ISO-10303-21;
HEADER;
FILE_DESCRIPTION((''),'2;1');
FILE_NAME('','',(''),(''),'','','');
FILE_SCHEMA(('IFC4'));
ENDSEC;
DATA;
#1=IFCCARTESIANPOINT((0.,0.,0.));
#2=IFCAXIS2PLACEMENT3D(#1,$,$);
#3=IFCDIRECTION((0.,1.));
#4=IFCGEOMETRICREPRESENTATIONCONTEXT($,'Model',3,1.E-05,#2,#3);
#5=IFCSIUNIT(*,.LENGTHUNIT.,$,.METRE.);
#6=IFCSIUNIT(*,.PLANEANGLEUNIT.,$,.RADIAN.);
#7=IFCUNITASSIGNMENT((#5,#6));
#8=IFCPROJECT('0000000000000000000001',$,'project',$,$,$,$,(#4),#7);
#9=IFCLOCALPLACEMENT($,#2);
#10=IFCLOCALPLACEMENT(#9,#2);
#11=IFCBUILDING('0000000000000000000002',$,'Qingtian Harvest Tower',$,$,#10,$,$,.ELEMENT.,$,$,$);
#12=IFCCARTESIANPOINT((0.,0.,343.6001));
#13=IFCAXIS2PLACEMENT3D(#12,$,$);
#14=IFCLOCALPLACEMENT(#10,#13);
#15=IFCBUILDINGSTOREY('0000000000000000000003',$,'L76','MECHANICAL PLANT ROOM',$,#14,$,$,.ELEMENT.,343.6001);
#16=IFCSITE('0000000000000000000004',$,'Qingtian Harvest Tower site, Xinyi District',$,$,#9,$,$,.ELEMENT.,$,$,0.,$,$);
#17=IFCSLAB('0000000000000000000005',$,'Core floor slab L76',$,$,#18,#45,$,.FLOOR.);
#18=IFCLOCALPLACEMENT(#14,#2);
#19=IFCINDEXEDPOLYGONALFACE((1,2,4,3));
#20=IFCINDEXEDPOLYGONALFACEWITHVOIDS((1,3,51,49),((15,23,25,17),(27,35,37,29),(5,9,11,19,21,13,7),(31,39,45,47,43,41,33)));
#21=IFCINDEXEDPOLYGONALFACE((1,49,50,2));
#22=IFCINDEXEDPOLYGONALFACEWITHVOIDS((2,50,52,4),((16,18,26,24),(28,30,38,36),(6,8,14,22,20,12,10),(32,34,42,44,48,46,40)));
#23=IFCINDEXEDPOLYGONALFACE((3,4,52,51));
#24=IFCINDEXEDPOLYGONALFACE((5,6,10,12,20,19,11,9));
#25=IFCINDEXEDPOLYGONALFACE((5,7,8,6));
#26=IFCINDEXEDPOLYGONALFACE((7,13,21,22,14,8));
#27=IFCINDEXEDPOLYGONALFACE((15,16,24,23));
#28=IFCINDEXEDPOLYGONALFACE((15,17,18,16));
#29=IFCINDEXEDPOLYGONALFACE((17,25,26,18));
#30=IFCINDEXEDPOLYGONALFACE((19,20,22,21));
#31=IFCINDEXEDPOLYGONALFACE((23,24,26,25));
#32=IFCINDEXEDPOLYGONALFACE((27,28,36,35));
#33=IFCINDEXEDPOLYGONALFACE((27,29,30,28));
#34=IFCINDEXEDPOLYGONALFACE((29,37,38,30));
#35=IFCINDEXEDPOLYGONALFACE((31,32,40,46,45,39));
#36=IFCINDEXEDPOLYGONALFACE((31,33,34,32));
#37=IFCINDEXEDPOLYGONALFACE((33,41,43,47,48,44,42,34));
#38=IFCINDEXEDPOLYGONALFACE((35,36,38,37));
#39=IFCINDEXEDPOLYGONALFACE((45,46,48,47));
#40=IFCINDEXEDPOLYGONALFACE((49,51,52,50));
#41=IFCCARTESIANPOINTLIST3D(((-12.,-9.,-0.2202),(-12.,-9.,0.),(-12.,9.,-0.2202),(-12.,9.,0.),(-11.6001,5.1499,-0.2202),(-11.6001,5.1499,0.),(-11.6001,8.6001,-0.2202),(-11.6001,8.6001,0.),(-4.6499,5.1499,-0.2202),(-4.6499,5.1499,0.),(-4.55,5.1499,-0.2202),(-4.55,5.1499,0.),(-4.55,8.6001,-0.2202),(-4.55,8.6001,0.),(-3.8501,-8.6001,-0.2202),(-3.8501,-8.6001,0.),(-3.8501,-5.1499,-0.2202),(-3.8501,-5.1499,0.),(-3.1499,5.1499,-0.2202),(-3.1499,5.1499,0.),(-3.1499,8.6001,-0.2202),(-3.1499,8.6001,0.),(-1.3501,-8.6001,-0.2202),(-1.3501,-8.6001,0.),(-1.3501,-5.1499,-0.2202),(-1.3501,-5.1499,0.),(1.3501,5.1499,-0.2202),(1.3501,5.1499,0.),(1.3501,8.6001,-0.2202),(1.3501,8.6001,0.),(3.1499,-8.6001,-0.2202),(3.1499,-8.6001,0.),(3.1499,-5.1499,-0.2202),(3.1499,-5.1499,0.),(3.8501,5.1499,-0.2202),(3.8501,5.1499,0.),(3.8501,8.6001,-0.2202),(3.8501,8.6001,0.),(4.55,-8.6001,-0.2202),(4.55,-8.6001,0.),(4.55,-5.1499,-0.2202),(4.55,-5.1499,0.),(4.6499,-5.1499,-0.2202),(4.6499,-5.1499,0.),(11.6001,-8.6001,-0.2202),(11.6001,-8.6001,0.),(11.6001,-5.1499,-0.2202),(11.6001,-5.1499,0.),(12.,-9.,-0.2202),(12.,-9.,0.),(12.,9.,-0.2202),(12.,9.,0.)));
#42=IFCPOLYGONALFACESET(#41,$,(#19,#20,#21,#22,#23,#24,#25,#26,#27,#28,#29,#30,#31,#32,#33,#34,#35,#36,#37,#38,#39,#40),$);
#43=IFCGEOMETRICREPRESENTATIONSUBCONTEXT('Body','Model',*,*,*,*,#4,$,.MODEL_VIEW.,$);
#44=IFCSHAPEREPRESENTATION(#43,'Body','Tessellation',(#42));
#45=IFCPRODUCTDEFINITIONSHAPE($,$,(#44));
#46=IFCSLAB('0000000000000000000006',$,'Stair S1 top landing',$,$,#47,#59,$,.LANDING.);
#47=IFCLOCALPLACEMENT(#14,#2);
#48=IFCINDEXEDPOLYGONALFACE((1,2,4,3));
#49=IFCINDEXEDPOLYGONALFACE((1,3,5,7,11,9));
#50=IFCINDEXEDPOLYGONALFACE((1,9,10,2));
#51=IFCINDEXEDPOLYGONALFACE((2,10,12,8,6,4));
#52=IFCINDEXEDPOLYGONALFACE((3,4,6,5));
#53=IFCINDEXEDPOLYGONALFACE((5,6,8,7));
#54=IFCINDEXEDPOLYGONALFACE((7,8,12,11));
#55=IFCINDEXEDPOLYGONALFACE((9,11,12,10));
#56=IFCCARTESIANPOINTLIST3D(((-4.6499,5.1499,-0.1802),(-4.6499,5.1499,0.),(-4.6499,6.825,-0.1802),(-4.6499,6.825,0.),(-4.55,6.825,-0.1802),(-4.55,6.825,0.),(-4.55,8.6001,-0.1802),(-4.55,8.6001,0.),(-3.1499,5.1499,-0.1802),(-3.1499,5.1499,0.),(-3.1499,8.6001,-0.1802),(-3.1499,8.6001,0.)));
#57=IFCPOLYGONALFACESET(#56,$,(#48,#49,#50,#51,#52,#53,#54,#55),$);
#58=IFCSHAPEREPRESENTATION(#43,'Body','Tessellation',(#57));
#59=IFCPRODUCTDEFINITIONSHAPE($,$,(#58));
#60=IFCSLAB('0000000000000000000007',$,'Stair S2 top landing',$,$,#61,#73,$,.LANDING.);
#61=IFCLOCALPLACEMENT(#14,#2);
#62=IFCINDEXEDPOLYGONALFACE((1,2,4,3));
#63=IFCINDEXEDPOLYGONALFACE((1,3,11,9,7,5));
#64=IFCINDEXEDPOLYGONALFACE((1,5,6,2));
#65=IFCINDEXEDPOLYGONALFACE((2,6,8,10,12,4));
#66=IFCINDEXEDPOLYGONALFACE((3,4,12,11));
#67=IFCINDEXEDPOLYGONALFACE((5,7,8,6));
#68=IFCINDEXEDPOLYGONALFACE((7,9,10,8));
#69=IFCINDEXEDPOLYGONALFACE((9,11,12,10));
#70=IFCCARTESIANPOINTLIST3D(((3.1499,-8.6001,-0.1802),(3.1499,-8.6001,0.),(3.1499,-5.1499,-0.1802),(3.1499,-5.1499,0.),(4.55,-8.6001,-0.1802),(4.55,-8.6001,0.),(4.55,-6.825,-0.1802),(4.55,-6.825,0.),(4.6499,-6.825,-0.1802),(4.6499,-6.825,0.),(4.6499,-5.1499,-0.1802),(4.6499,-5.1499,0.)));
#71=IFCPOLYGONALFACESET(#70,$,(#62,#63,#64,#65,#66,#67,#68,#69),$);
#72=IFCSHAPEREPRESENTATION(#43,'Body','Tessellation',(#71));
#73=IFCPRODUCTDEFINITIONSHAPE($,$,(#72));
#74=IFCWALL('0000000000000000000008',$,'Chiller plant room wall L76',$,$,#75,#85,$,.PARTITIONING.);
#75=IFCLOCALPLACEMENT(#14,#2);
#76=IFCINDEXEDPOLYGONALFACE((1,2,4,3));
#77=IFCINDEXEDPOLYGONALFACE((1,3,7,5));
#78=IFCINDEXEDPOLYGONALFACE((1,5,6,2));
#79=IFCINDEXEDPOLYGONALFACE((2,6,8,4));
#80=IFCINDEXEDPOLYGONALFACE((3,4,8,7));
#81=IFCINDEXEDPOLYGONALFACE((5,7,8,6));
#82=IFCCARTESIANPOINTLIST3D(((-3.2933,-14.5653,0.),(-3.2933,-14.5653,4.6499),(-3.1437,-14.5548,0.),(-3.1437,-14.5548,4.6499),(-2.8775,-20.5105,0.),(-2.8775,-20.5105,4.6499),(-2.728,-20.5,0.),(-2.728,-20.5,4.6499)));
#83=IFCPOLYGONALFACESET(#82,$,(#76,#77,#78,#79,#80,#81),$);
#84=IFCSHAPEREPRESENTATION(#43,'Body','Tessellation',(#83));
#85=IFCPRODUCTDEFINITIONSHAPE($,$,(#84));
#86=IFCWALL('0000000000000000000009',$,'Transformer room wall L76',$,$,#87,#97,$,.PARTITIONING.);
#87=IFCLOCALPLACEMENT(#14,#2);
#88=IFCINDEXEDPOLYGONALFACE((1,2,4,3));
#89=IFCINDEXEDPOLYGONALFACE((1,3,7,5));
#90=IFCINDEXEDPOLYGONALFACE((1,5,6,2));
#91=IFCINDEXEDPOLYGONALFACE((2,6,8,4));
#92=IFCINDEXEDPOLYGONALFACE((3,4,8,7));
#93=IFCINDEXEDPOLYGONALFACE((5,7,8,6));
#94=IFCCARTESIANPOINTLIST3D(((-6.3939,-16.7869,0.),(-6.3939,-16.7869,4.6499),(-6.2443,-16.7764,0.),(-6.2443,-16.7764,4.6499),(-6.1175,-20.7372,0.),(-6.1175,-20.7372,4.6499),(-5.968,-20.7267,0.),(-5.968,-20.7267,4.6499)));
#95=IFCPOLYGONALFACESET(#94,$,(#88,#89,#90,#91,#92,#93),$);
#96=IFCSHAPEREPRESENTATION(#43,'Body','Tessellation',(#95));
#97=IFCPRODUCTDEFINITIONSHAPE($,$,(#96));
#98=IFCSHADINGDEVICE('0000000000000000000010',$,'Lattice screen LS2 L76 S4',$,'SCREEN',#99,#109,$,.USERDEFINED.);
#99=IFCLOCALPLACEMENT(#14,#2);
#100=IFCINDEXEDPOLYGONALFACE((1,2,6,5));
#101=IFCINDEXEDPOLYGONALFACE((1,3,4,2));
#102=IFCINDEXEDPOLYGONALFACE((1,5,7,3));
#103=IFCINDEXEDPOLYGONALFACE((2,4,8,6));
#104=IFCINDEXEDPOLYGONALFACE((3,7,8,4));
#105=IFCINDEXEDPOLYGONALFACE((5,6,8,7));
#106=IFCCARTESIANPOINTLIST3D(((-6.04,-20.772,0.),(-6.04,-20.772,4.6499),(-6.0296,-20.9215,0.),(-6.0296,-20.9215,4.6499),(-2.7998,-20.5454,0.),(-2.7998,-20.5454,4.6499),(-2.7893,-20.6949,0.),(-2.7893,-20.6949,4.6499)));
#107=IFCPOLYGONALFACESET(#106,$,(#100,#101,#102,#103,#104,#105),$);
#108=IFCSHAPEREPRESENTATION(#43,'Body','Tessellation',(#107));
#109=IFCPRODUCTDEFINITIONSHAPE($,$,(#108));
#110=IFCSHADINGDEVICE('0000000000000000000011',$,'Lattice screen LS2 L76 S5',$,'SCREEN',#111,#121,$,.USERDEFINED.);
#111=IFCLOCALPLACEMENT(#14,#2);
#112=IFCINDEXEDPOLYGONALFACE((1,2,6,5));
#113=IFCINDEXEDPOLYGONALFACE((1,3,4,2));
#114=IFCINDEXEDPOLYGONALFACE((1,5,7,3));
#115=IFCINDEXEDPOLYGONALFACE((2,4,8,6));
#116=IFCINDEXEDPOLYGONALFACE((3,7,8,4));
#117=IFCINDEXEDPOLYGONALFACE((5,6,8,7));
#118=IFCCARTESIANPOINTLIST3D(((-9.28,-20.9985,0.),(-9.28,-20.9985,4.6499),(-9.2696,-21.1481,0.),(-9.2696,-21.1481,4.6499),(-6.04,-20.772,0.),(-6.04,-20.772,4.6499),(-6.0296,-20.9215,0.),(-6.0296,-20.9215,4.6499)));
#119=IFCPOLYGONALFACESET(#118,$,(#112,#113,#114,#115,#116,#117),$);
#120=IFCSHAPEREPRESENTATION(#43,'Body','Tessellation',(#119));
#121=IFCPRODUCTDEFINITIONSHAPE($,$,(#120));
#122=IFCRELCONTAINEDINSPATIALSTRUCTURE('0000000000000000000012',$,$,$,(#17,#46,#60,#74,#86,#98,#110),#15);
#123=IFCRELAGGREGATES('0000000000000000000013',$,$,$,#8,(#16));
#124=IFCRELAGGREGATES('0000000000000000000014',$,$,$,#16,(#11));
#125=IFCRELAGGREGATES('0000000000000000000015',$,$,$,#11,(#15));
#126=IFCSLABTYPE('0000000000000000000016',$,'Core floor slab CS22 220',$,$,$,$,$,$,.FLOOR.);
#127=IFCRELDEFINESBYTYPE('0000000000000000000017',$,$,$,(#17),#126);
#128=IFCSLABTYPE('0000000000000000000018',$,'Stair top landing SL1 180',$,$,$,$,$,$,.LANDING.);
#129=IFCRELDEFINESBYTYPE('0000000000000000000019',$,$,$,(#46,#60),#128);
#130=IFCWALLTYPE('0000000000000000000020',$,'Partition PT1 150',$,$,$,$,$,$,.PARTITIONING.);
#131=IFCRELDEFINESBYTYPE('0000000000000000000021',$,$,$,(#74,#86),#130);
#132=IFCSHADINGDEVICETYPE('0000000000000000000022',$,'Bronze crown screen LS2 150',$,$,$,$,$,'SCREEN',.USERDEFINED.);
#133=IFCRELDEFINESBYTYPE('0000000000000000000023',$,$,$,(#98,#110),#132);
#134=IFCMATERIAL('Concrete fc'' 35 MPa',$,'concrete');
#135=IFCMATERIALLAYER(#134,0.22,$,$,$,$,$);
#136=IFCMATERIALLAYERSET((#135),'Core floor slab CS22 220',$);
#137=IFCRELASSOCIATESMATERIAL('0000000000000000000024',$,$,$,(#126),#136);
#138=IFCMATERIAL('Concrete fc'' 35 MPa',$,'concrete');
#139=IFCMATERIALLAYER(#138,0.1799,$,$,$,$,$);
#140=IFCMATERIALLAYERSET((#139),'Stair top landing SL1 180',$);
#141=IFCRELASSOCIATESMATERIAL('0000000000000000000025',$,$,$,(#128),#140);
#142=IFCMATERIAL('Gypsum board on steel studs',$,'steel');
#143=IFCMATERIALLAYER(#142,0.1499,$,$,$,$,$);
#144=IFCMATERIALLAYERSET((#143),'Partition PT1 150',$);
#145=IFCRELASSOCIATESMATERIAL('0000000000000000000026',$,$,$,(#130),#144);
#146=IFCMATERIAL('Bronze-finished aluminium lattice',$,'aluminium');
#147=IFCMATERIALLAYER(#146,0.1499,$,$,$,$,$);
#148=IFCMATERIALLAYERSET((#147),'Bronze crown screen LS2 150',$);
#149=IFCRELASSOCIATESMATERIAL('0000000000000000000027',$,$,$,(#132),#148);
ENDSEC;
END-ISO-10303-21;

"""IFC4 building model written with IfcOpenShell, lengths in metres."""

from ifc_helpers import new_model, si_unit, direction, frame, frame_2d, origin, place, context, subcontext, project, spatial, polyline, rectangle, outline, extrude, material, layer, layer_set, type_object, element, save


model = new_model("IFC4")

# Units and contexts
model_context = context("Model", 3, precision=1e-05, world=origin(), true_north=direction((0.0, 1.0)))
body_context = subcontext(model_context, "Body", "Model", "MODEL_VIEW")
ifc_project = project(units=[si_unit("LENGTHUNIT", "METRE"), si_unit("PLANEANGLEUNIT", "RADIAN")], contexts=[model_context])

# Site, building, storey
site_placement = place(None, origin())
site = spatial("IfcSite", under=ifc_project, at=site_placement, Name="Qingtian Harvest Tower site, Xinyi District", CompositionType="ELEMENT", RefElevation=0.0)
building_placement = place(site_placement, origin())
building = spatial("IfcBuilding", under=site, at=building_placement, Name="Qingtian Harvest Tower", CompositionType="ELEMENT")
storey_placement = place(building_placement, frame((0.0, 0.0, 343.6001)))
storey = spatial("IfcBuildingStorey", under=building, at=storey_placement, Name="L76", Description="MECHANICAL PLANT ROOM", CompositionType="ELEMENT", Elevation=343.6001)

# Slabs
ifc_material_1 = material(Name="Concrete fc' 35 MPa", Category="concrete")
ifc_layer_1 = layer(ifc_material_1, 0.22)
ifc_layer_set_1 = layer_set([ifc_layer_1], Name="Core floor slab CS22 220")
slab_type_1 = type_object("IfcSlabType", Name="Core floor slab CS22 220", PredefinedType="FLOOR", material=ifc_layer_set_1)
slab_1_placement = place(storey_placement, frame((0.0, 0.0, -0.2202)))
element("IfcSlab", 1, at=slab_1_placement, inside=storey, type_object=slab_type_1, Name="Core floor slab L76", PredefinedType="FLOOR", context=body_context, shape_type="SweptSolid", body=[
    extrude(outline(polyline([(-12.0, 9.0), (12.0, 9.0), (12.0, -9.0), (-12.0, -9.0), (-12.0, 9.0)]), holes=[polyline([(11.6001, -8.6001), (11.6001, -5.1499), (4.6499, -5.1499), (4.55, -5.1499), (3.1499, -5.1499), (3.1499, -8.6001), (4.55, -8.6001), (11.6001, -8.6001)]), polyline([(3.8501, 5.1499), (3.8501, 8.6001), (1.3501, 8.6001), (1.3501, 5.1499), (3.8501, 5.1499)]), polyline([(-1.3501, -8.6001), (-1.3501, -5.1499), (-3.8501, -5.1499), (-3.8501, -8.6001), (-1.3501, -8.6001)]), polyline([(-4.6499, 5.1499), (-4.55, 5.1499), (-3.1499, 5.1499), (-3.1499, 8.6001), (-4.55, 8.6001), (-11.6001, 8.6001), (-11.6001, 5.1499), (-4.6499, 5.1499)])]), origin(), (0.0, 0.0, 1.0), 0.2202),
])
ifc_material_2 = material(Name="Concrete fc' 35 MPa", Category="concrete")
ifc_layer_2 = layer(ifc_material_2, 0.1799)
ifc_layer_set_2 = layer_set([ifc_layer_2], Name="Stair top landing SL1 180")
slab_type_2 = type_object("IfcSlabType", Name="Stair top landing SL1 180", PredefinedType="LANDING", material=ifc_layer_set_2)
slab_2_placement = place(storey_placement, frame((0.0, 0.0, -0.1802)))
element("IfcSlab", 2, at=slab_2_placement, inside=storey, type_object=slab_type_2, Name="Stair S1 top landing", PredefinedType="LANDING", context=body_context, shape_type="SweptSolid", body=[
    extrude(outline(polyline([(-4.55, 8.6001), (-3.1499, 8.6001), (-3.1499, 5.1499), (-4.6499, 5.1499), (-4.6499, 6.825), (-4.55, 6.825), (-4.55, 8.6001)])), origin(), (0.0, 0.0, 1.0), 0.1802),
])
slab_3_placement = place(storey_placement, frame((0.0, 0.0, -0.1802)))
element("IfcSlab", 3, at=slab_3_placement, inside=storey, type_object=slab_type_2, Name="Stair S2 top landing", PredefinedType="LANDING", context=body_context, shape_type="SweptSolid", body=[
    extrude(outline(polyline([(4.55, -8.6001), (3.1499, -8.6001), (3.1499, -5.1499), (4.6499, -5.1499), (4.6499, -6.825), (4.55, -6.825), (4.55, -8.6001)])), origin(), (0.0, 0.0, 1.0), 0.1802),
])

# Walls
ifc_material_3 = material(Name="Gypsum board on steel studs", Category="steel")
ifc_layer_3 = layer(ifc_material_3, 0.1499)
ifc_layer_set_3 = layer_set([ifc_layer_3], Name="Partition PT1 150")
wall_type = type_object("IfcWallType", Name="Partition PT1 150", PredefinedType="PARTITIONING", material=ifc_layer_set_3)
wall_1_placement = place(storey_placement, frame((-2.8027, -20.5054, 0.0), z_axis=(0.0, 0.0, 1.0), x_axis=(-0.069762, 0.997564, 0.0)))
element("IfcWall", 4, at=wall_1_placement, inside=storey, type_object=wall_type, Name="Chiller plant room wall L76", PredefinedType="PARTITIONING", context=body_context, shape_type="SweptSolid", body=[
    extrude(rectangle(XDim=5.9597, YDim=0.1499, at=frame_2d((2.98, 0.0))), origin(), (0.0, 0.0, 1.0), 4.6499),
])
wall_2_placement = place(storey_placement, frame((-6.0427, -20.7319, 0.0), z_axis=(0.0, 0.0, 1.0), x_axis=(-0.069792, 0.997562, 0.0)))
element("IfcWall", 5, at=wall_2_placement, inside=storey, type_object=wall_type, Name="Transformer room wall L76", PredefinedType="PARTITIONING", context=body_context, shape_type="SweptSolid", body=[
    extrude(rectangle(XDim=3.96, YDim=0.1499, at=frame_2d((1.98, 0.0))), origin(), (0.0, 0.0, 1.0), 4.6499),
])

# Shading devices
ifc_material_4 = material(Name="Bronze-finished aluminium lattice", Category="aluminium")
ifc_layer_4 = layer(ifc_material_4, 0.1499)
ifc_layer_set_4 = layer_set([ifc_layer_4], Name="Bronze crown screen LS2 150")
shading_device_type = type_object("IfcShadingDeviceType", Name="Bronze crown screen LS2 150", ElementType="SCREEN", PredefinedType="USERDEFINED", material=ifc_layer_set_4)
shading_device_1_placement = place(storey_placement, frame((-2.7998, -20.5454, 0.0), z_axis=(-0.069751, 0.997564, 0.0), x_axis=(-0.997564, -0.069751, 0.0)))
element("IfcShadingDevice", 6, at=shading_device_1_placement, inside=storey, type_object=shading_device_type, Name="Lattice screen LS2 L76 S4", ObjectType="SCREEN", PredefinedType="USERDEFINED", context=body_context, shape_type="SweptSolid", body=[
    extrude(outline(polyline([(0.0, 0.0), (3.2481, 0.0), (3.2481, 4.6499), (0.0, 4.6499), (0.0, 0.0)])), origin(), (0.0, 0.0, -1.0), 0.1499),
])
shading_device_2_placement = place(storey_placement, frame((-6.04, -20.772, 0.0), z_axis=(-0.069757, 0.997564, 0.0), x_axis=(-0.997564, -0.069757, 0.0)))
element("IfcShadingDevice", 7, at=shading_device_2_placement, inside=storey, type_object=shading_device_type, Name="Lattice screen LS2 L76 S5", ObjectType="SCREEN", PredefinedType="USERDEFINED", context=body_context, shape_type="SweptSolid", body=[
    extrude(outline(polyline([(0.0, 0.0), (3.2479, 0.0), (3.2479, 4.6499), (0.0, 4.6499), (0.0, 0.0)])), origin(), (0.0, 0.0, -1.0), 0.1499),
])

save(model, "model.ifc")
